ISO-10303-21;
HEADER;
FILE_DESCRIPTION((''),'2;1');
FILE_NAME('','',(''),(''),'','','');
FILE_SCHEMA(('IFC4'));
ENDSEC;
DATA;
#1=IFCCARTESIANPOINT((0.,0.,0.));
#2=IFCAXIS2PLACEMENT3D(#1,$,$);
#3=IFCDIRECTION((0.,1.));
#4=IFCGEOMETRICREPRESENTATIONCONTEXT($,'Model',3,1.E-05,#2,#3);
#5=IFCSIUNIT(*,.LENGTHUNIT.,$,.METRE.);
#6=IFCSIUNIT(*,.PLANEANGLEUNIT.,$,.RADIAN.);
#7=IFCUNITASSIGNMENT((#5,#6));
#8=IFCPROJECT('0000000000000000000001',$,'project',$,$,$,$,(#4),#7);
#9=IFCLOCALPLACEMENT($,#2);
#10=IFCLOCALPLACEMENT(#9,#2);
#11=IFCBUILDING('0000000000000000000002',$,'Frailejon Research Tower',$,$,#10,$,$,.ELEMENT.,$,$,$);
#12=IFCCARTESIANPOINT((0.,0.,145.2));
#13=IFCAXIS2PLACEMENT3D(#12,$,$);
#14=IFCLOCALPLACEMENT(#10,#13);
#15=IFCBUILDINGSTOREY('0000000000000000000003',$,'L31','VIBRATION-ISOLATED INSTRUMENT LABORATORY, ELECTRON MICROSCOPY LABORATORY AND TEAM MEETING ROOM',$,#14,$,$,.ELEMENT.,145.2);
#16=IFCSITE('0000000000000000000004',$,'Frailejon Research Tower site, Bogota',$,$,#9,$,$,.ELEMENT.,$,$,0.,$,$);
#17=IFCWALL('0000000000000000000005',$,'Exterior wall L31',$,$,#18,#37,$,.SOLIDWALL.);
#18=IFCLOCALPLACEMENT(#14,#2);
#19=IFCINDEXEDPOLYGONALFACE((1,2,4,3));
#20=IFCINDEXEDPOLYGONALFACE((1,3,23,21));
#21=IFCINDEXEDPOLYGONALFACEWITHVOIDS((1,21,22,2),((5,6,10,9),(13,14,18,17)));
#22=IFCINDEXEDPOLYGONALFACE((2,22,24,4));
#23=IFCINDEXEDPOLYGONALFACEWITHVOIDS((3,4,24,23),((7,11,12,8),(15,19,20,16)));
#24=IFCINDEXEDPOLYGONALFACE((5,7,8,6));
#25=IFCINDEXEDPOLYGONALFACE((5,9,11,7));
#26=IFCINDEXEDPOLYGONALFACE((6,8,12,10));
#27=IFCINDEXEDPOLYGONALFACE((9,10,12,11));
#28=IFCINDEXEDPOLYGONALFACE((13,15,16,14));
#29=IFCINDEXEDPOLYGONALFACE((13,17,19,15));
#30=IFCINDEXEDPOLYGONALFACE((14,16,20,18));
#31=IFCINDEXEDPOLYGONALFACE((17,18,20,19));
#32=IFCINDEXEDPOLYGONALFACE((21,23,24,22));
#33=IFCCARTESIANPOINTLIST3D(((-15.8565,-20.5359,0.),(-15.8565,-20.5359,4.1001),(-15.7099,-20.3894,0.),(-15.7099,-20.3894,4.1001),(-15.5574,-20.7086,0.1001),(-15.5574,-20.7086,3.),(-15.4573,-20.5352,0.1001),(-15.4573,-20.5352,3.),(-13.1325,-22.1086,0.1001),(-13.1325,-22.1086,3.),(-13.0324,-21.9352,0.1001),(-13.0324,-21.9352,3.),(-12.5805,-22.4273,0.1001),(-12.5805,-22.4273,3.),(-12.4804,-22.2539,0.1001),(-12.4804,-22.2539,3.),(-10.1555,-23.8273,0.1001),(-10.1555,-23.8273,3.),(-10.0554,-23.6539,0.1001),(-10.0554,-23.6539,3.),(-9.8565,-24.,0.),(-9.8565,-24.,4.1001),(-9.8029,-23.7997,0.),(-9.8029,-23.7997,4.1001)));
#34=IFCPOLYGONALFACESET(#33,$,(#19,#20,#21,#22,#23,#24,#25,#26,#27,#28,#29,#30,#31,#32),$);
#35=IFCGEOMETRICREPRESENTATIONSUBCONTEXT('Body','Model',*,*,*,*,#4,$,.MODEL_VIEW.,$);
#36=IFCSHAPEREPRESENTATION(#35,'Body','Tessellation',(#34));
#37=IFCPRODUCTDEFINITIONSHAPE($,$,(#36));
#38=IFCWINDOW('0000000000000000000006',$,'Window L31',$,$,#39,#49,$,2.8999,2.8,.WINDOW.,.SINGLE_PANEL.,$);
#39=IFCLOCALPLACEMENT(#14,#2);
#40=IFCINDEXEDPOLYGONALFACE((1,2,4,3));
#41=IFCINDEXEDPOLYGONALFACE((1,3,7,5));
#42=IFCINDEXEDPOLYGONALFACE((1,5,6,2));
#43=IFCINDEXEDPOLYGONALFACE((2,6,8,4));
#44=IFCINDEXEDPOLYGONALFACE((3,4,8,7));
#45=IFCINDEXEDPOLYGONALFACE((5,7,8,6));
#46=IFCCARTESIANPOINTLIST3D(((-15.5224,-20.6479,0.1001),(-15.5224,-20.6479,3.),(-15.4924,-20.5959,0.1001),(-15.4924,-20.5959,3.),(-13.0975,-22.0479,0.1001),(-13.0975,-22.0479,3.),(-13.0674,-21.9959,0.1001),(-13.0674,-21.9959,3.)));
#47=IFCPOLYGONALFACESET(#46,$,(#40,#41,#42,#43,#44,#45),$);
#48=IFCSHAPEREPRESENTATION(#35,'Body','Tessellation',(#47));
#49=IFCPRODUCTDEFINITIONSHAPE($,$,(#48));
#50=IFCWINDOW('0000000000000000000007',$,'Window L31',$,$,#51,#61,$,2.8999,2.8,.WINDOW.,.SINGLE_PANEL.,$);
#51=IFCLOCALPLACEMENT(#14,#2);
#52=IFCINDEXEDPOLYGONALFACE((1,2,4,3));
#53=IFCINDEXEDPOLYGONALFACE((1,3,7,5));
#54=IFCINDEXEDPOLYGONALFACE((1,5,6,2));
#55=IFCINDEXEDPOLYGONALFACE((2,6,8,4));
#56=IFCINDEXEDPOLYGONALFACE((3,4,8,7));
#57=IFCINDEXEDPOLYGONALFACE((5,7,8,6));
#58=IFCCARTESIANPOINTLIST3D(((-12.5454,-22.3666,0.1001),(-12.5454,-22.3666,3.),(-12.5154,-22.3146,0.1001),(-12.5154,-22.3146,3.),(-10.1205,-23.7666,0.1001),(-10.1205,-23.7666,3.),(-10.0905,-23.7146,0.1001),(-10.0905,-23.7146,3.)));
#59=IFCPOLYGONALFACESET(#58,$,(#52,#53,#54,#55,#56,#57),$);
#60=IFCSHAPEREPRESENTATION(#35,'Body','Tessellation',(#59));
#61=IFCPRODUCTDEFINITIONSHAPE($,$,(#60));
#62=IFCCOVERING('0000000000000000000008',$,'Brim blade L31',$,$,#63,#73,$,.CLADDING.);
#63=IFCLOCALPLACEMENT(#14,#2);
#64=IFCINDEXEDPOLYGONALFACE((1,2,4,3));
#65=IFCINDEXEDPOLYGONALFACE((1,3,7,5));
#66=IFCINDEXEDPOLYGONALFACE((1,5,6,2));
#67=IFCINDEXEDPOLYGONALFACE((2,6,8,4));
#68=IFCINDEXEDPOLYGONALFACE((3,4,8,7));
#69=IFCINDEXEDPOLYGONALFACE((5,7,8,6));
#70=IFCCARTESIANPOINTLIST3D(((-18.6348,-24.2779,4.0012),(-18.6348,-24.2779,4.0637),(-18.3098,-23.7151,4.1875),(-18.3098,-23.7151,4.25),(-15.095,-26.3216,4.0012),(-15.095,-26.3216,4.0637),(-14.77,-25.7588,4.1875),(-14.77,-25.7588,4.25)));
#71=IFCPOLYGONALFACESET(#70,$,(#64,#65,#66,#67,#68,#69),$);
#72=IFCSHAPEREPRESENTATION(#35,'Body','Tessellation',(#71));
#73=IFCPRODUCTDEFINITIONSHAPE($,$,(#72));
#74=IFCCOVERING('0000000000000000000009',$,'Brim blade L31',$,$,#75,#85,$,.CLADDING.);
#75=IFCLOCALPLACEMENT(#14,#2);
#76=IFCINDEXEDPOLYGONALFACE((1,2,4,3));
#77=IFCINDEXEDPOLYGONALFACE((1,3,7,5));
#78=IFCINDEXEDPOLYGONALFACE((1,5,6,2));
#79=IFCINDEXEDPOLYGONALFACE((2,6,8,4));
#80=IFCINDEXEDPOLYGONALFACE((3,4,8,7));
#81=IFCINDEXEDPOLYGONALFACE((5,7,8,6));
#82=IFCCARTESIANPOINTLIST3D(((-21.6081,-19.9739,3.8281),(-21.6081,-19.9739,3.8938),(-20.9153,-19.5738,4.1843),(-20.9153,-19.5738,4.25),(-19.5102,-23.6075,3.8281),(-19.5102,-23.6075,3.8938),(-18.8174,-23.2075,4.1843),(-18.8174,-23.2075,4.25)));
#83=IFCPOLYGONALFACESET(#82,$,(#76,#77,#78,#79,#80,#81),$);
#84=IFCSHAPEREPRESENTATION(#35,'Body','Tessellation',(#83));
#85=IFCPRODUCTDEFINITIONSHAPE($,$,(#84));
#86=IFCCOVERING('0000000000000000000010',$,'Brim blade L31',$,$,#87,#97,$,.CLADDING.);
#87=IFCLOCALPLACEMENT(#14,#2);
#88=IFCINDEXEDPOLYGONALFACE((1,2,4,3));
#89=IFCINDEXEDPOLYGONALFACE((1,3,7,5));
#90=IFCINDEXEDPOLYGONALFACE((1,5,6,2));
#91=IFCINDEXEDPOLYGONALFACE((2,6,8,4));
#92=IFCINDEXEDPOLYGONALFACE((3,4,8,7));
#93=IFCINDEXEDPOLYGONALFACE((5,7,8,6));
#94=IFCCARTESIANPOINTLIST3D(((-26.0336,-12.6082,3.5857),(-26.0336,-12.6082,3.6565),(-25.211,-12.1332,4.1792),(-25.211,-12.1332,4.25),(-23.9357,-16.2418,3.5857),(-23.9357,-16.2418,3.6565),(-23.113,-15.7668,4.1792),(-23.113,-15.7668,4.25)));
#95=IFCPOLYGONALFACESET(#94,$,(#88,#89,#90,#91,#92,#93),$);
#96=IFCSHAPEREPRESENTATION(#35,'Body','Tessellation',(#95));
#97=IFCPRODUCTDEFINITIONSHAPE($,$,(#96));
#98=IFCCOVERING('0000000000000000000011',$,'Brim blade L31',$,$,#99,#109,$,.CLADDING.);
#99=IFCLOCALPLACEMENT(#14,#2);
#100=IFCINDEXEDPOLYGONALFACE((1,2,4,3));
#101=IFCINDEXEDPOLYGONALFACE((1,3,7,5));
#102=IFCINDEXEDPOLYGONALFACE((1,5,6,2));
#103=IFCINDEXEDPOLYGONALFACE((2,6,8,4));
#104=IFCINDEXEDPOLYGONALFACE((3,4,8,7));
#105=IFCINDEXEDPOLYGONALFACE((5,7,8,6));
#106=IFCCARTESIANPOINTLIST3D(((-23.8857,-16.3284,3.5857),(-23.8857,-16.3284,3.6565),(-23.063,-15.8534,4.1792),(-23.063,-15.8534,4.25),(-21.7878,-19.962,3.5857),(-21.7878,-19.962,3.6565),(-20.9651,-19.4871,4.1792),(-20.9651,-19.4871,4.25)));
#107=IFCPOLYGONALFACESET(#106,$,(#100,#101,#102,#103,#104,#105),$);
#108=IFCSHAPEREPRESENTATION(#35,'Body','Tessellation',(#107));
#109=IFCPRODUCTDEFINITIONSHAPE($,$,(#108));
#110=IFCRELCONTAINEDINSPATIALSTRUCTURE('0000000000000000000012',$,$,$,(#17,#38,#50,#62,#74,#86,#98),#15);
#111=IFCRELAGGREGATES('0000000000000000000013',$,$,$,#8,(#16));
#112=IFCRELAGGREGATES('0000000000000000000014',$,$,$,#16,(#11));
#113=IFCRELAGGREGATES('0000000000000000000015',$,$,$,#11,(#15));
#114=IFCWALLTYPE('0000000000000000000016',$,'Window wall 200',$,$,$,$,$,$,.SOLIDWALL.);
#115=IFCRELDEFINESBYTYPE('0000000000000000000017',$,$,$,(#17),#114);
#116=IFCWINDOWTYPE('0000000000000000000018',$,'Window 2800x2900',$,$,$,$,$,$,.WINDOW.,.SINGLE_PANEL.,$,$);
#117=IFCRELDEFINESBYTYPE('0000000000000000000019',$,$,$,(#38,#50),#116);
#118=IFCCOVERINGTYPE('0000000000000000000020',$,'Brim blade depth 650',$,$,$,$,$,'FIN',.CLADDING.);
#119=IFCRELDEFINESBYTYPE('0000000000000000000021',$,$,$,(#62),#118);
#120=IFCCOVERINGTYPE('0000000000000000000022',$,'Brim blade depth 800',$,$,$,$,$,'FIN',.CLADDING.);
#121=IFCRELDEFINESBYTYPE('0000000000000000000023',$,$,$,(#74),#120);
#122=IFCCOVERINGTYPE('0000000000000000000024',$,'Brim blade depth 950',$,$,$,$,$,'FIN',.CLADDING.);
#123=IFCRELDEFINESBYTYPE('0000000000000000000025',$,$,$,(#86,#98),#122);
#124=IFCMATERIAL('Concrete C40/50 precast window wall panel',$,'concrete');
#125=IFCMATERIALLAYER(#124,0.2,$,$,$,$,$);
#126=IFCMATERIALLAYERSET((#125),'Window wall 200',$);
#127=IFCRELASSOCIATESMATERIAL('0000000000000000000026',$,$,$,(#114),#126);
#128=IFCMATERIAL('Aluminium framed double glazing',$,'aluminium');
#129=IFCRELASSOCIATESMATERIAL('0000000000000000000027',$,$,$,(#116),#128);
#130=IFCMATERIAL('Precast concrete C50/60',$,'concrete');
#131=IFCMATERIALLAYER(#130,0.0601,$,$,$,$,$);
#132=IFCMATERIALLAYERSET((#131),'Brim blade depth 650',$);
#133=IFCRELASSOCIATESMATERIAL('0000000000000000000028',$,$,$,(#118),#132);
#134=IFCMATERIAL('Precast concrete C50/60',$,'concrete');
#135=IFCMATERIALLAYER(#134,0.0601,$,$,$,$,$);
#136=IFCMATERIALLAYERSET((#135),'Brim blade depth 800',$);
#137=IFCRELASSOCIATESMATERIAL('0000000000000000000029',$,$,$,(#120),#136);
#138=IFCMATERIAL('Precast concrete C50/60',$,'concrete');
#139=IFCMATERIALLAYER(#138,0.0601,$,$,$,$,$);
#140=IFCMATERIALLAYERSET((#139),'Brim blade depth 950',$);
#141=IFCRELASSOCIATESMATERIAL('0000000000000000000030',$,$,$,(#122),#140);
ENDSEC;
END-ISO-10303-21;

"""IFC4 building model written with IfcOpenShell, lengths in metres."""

from ifc_helpers import new_model, si_unit, direction, frame, frame_2d, origin, place, context, subcontext, project, spatial, polyline, rectangle, outline, extrude, material, layer, layer_set, type_object, element, fill, save


model = new_model("IFC4")

# Units and contexts
model_context = context("Model", 3, precision=1e-05, world=origin(), true_north=direction((0.0, 1.0)))
body_context = subcontext(model_context, "Body", "Model", "MODEL_VIEW")
ifc_project = project(units=[si_unit("LENGTHUNIT", "METRE"), si_unit("PLANEANGLEUNIT", "RADIAN")], contexts=[model_context])

# Site, building, storey
site_placement = place(None, origin())
site = spatial("IfcSite", under=ifc_project, at=site_placement, Name="Frailejon Research Tower site, Bogota", CompositionType="ELEMENT", RefElevation=0.0)
building_placement = place(site_placement, origin())
building = spatial("IfcBuilding", under=site, at=building_placement, Name="Frailejon Research Tower", CompositionType="ELEMENT")
storey_placement = place(building_placement, frame((0.0, 0.0, 145.2)))
storey = spatial("IfcBuildingStorey", under=building, at=storey_placement, Name="L31", Description="VIBRATION-ISOLATED INSTRUMENT LABORATORY, ELECTRON MICROSCOPY LABORATORY AND TEAM MEETING ROOM", CompositionType="ELEMENT", Elevation=145.2)

# Wall, openings, windows
ifc_material_1 = material(Name="Concrete C40/50 precast window wall panel", Category="concrete")
ifc_layer_1 = layer(ifc_material_1, 0.2)
ifc_layer_set_1 = layer_set([ifc_layer_1], Name="Window wall 200")
wall_type_1 = type_object("IfcWallType", Name="Window wall 200", PredefinedType="SOLIDWALL", material=ifc_layer_set_1)
wall_1_placement = place(storey_placement, frame((-15.7832, -20.4626, 0.0), z_axis=(0.0, 0.0, 1.0), x_axis=(0.866029, -0.499993, 0.0)))
wall_1 = element("IfcWall", 1, at=wall_1_placement, inside=storey, type_object=wall_type_1, Name="Exterior wall L31", PredefinedType="SOLIDWALL", context=body_context, shape_type="SweptSolid", body=[
    extrude(outline(polyline([(-0.0269, -0.1001), (1.1279, -0.1001), (2.2825, -0.1001), (3.4373, -0.1001), (4.592, -0.1001), (5.7466, -0.1001), (6.9014, -0.1001), (6.8477, 0.1001), (5.7109, 0.1001), (4.574, 0.1001), (3.4373, 0.1001), (2.3005, 0.1001), (1.1636, 0.1001), (0.0269, 0.1001), (-0.0269, -0.1001)])), origin(), (0.0, 0.0, 1.0), 4.1001),
])
opening_1_placement = place(wall_1_placement, frame((0.3186, 0.0, 0.1001)))
opening_1 = element("IfcOpeningElement", 2, at=opening_1_placement, cuts=wall_1, PredefinedType="OPENING", context=body_context, shape_type="SweptSolid", body=[
    extrude(rectangle(XDim=2.8, YDim=2.8999, at=frame_2d((1.3999, 1.45))), frame((0.0, 0.1099, 0.0), z_axis=(0.0, -1.0, 0.0), x_axis=(1.0, 0.0, 0.0)), (0.0, 0.0, 1.0), 0.22),
])
opening_2_placement = place(wall_1_placement, frame((3.7561, 0.0, 0.1001)))
opening_2 = element("IfcOpeningElement", 3, at=opening_2_placement, cuts=wall_1, PredefinedType="OPENING", context=body_context, shape_type="SweptSolid", body=[
    extrude(rectangle(XDim=2.8, YDim=2.8999, at=frame_2d((1.3999, 1.45))), frame((0.0, 0.1099, 0.0), z_axis=(0.0, -1.0, 0.0), x_axis=(1.0, 0.0, 0.0)), (0.0, 0.0, 1.0), 0.22),
])
ifc_material_2 = material(Name="Aluminium framed double glazing", Category="aluminium")
window_type = type_object("IfcWindowType", Name="Window 2800x2900", PartitioningType="SINGLE_PANEL", PredefinedType="WINDOW", material=ifc_material_2)
window_1_placement = place(opening_1_placement, origin())
window_1 = element("IfcWindow", 4, at=window_1_placement, inside=storey, type_object=window_type, Name="Window L31", OverallHeight=2.8999, OverallWidth=2.8, PartitioningType="SINGLE_PANEL", PredefinedType="WINDOW", context=body_context, shape_type="SweptSolid", body=[
    extrude(rectangle(XDim=2.8, YDim=2.8999, at=frame_2d((1.3999, 1.45))), frame((0.0, 0.03, 0.0), z_axis=(0.0, -1.0, 0.0), x_axis=(1.0, 0.0, 0.0)), (0.0, 0.0, 1.0), 0.0601),
])
fill(opening_1, window_1)
window_2_placement = place(opening_2_placement, origin())
window_2 = element("IfcWindow", 5, at=window_2_placement, inside=storey, type_object=window_type, Name="Window L31", OverallHeight=2.8999, OverallWidth=2.8, PartitioningType="SINGLE_PANEL", PredefinedType="WINDOW", context=body_context, shape_type="SweptSolid", body=[
    extrude(rectangle(XDim=2.8, YDim=2.8999, at=frame_2d((1.3999, 1.45))), frame((0.0, 0.03, 0.0), z_axis=(0.0, -1.0, 0.0), x_axis=(1.0, 0.0, 0.0)), (0.0, 0.0, 1.0), 0.0601),
])
fill(opening_2, window_2)

# Coverings
ifc_material_3 = material(Name="Precast concrete C50/60", Category="concrete")
ifc_layer_2 = layer(ifc_material_3, 0.0601)
ifc_layer_set_2 = layer_set([ifc_layer_2], Name="Brim blade depth 650")
covering_type_1 = type_object("IfcCoveringType", Name="Brim blade depth 650", ElementType="FIN", PredefinedType="CLADDING", material=ifc_layer_set_2)
covering_1_placement = place(storey_placement, frame((-14.77, -25.7588, 4.25), z_axis=(-0.866021, 0.500007, 0.0), x_axis=(-0.500007, -0.866021, 0.0)))
element("IfcCovering", 6, at=covering_1_placement, inside=storey, type_object=covering_type_1, Name="Brim blade L31", PredefinedType="CLADDING", context=body_context, shape_type="SweptSolid", body=[
    extrude(outline(polyline([(0.0, -0.0625), (0.6499, -0.2488), (0.6499, -0.1863), (0.0, 0.0), (0.0, -0.0625)])), origin(), (0.0, 0.0, 1.0), 4.0874),
])
ifc_material_4 = material(Name="Precast concrete C50/60", Category="concrete")
ifc_layer_3 = layer(ifc_material_4, 0.0601)
ifc_layer_set_3 = layer_set([ifc_layer_3], Name="Brim blade depth 800")
covering_type_2 = type_object("IfcCoveringType", Name="Brim blade depth 800", ElementType="FIN", PredefinedType="CLADDING", material=ifc_layer_set_3)
covering_2_placement = place(storey_placement, frame((-18.8174, -23.2075, 4.25), z_axis=(-0.499997, 0.866027, 0.0), x_axis=(-0.866027, -0.499997, 0.0)))
element("IfcCovering", 7, at=covering_2_placement, inside=storey, type_object=covering_type_2, Name="Brim blade L31", PredefinedType="CLADDING", context=body_context, shape_type="SweptSolid", body=[
    extrude(outline(polyline([(0.0, -0.0657), (0.8, -0.4219), (0.8, -0.3562), (0.0, 0.0), (0.0, -0.0657)])), origin(), (0.0, 0.0, 1.0), 4.1958),
])
ifc_material_5 = material(Name="Precast concrete C50/60", Category="concrete")
ifc_layer_4 = layer(ifc_material_5, 0.0601)
ifc_layer_set_4 = layer_set([ifc_layer_4], Name="Brim blade depth 950")
covering_type_3 = type_object("IfcCoveringType", Name="Brim blade depth 950", ElementType="FIN", PredefinedType="CLADDING", material=ifc_layer_set_4)
for number, where, z_axis, x_axis, name in (
    (8, (-23.113, -15.7668, 4.25), (-0.500007, 0.866021, 0.0), (-0.866021, -0.500007, 0.0), "Brim blade L31"),
    (9, (-20.9651, -19.4871, 4.25), (-0.499997, 0.866027, 0.0), (-0.866027, -0.499997, 0.0), "Brim blade L31"),
):
    element("IfcCovering", number, at=place(storey_placement, frame(where, z_axis=z_axis, x_axis=x_axis)), inside=storey, type_object=covering_type_3, Name=name, PredefinedType="CLADDING", context=body_context, shape_type="SweptSolid", body=[
        extrude(outline(polyline([(0.0, -0.0708), (0.95, -0.6643), (0.95, -0.5935), (0.0, 0.0), (0.0, -0.0708)])), origin(), (0.0, 0.0, 1.0), 4.1958),
    ])

save(model, "model.ifc")
